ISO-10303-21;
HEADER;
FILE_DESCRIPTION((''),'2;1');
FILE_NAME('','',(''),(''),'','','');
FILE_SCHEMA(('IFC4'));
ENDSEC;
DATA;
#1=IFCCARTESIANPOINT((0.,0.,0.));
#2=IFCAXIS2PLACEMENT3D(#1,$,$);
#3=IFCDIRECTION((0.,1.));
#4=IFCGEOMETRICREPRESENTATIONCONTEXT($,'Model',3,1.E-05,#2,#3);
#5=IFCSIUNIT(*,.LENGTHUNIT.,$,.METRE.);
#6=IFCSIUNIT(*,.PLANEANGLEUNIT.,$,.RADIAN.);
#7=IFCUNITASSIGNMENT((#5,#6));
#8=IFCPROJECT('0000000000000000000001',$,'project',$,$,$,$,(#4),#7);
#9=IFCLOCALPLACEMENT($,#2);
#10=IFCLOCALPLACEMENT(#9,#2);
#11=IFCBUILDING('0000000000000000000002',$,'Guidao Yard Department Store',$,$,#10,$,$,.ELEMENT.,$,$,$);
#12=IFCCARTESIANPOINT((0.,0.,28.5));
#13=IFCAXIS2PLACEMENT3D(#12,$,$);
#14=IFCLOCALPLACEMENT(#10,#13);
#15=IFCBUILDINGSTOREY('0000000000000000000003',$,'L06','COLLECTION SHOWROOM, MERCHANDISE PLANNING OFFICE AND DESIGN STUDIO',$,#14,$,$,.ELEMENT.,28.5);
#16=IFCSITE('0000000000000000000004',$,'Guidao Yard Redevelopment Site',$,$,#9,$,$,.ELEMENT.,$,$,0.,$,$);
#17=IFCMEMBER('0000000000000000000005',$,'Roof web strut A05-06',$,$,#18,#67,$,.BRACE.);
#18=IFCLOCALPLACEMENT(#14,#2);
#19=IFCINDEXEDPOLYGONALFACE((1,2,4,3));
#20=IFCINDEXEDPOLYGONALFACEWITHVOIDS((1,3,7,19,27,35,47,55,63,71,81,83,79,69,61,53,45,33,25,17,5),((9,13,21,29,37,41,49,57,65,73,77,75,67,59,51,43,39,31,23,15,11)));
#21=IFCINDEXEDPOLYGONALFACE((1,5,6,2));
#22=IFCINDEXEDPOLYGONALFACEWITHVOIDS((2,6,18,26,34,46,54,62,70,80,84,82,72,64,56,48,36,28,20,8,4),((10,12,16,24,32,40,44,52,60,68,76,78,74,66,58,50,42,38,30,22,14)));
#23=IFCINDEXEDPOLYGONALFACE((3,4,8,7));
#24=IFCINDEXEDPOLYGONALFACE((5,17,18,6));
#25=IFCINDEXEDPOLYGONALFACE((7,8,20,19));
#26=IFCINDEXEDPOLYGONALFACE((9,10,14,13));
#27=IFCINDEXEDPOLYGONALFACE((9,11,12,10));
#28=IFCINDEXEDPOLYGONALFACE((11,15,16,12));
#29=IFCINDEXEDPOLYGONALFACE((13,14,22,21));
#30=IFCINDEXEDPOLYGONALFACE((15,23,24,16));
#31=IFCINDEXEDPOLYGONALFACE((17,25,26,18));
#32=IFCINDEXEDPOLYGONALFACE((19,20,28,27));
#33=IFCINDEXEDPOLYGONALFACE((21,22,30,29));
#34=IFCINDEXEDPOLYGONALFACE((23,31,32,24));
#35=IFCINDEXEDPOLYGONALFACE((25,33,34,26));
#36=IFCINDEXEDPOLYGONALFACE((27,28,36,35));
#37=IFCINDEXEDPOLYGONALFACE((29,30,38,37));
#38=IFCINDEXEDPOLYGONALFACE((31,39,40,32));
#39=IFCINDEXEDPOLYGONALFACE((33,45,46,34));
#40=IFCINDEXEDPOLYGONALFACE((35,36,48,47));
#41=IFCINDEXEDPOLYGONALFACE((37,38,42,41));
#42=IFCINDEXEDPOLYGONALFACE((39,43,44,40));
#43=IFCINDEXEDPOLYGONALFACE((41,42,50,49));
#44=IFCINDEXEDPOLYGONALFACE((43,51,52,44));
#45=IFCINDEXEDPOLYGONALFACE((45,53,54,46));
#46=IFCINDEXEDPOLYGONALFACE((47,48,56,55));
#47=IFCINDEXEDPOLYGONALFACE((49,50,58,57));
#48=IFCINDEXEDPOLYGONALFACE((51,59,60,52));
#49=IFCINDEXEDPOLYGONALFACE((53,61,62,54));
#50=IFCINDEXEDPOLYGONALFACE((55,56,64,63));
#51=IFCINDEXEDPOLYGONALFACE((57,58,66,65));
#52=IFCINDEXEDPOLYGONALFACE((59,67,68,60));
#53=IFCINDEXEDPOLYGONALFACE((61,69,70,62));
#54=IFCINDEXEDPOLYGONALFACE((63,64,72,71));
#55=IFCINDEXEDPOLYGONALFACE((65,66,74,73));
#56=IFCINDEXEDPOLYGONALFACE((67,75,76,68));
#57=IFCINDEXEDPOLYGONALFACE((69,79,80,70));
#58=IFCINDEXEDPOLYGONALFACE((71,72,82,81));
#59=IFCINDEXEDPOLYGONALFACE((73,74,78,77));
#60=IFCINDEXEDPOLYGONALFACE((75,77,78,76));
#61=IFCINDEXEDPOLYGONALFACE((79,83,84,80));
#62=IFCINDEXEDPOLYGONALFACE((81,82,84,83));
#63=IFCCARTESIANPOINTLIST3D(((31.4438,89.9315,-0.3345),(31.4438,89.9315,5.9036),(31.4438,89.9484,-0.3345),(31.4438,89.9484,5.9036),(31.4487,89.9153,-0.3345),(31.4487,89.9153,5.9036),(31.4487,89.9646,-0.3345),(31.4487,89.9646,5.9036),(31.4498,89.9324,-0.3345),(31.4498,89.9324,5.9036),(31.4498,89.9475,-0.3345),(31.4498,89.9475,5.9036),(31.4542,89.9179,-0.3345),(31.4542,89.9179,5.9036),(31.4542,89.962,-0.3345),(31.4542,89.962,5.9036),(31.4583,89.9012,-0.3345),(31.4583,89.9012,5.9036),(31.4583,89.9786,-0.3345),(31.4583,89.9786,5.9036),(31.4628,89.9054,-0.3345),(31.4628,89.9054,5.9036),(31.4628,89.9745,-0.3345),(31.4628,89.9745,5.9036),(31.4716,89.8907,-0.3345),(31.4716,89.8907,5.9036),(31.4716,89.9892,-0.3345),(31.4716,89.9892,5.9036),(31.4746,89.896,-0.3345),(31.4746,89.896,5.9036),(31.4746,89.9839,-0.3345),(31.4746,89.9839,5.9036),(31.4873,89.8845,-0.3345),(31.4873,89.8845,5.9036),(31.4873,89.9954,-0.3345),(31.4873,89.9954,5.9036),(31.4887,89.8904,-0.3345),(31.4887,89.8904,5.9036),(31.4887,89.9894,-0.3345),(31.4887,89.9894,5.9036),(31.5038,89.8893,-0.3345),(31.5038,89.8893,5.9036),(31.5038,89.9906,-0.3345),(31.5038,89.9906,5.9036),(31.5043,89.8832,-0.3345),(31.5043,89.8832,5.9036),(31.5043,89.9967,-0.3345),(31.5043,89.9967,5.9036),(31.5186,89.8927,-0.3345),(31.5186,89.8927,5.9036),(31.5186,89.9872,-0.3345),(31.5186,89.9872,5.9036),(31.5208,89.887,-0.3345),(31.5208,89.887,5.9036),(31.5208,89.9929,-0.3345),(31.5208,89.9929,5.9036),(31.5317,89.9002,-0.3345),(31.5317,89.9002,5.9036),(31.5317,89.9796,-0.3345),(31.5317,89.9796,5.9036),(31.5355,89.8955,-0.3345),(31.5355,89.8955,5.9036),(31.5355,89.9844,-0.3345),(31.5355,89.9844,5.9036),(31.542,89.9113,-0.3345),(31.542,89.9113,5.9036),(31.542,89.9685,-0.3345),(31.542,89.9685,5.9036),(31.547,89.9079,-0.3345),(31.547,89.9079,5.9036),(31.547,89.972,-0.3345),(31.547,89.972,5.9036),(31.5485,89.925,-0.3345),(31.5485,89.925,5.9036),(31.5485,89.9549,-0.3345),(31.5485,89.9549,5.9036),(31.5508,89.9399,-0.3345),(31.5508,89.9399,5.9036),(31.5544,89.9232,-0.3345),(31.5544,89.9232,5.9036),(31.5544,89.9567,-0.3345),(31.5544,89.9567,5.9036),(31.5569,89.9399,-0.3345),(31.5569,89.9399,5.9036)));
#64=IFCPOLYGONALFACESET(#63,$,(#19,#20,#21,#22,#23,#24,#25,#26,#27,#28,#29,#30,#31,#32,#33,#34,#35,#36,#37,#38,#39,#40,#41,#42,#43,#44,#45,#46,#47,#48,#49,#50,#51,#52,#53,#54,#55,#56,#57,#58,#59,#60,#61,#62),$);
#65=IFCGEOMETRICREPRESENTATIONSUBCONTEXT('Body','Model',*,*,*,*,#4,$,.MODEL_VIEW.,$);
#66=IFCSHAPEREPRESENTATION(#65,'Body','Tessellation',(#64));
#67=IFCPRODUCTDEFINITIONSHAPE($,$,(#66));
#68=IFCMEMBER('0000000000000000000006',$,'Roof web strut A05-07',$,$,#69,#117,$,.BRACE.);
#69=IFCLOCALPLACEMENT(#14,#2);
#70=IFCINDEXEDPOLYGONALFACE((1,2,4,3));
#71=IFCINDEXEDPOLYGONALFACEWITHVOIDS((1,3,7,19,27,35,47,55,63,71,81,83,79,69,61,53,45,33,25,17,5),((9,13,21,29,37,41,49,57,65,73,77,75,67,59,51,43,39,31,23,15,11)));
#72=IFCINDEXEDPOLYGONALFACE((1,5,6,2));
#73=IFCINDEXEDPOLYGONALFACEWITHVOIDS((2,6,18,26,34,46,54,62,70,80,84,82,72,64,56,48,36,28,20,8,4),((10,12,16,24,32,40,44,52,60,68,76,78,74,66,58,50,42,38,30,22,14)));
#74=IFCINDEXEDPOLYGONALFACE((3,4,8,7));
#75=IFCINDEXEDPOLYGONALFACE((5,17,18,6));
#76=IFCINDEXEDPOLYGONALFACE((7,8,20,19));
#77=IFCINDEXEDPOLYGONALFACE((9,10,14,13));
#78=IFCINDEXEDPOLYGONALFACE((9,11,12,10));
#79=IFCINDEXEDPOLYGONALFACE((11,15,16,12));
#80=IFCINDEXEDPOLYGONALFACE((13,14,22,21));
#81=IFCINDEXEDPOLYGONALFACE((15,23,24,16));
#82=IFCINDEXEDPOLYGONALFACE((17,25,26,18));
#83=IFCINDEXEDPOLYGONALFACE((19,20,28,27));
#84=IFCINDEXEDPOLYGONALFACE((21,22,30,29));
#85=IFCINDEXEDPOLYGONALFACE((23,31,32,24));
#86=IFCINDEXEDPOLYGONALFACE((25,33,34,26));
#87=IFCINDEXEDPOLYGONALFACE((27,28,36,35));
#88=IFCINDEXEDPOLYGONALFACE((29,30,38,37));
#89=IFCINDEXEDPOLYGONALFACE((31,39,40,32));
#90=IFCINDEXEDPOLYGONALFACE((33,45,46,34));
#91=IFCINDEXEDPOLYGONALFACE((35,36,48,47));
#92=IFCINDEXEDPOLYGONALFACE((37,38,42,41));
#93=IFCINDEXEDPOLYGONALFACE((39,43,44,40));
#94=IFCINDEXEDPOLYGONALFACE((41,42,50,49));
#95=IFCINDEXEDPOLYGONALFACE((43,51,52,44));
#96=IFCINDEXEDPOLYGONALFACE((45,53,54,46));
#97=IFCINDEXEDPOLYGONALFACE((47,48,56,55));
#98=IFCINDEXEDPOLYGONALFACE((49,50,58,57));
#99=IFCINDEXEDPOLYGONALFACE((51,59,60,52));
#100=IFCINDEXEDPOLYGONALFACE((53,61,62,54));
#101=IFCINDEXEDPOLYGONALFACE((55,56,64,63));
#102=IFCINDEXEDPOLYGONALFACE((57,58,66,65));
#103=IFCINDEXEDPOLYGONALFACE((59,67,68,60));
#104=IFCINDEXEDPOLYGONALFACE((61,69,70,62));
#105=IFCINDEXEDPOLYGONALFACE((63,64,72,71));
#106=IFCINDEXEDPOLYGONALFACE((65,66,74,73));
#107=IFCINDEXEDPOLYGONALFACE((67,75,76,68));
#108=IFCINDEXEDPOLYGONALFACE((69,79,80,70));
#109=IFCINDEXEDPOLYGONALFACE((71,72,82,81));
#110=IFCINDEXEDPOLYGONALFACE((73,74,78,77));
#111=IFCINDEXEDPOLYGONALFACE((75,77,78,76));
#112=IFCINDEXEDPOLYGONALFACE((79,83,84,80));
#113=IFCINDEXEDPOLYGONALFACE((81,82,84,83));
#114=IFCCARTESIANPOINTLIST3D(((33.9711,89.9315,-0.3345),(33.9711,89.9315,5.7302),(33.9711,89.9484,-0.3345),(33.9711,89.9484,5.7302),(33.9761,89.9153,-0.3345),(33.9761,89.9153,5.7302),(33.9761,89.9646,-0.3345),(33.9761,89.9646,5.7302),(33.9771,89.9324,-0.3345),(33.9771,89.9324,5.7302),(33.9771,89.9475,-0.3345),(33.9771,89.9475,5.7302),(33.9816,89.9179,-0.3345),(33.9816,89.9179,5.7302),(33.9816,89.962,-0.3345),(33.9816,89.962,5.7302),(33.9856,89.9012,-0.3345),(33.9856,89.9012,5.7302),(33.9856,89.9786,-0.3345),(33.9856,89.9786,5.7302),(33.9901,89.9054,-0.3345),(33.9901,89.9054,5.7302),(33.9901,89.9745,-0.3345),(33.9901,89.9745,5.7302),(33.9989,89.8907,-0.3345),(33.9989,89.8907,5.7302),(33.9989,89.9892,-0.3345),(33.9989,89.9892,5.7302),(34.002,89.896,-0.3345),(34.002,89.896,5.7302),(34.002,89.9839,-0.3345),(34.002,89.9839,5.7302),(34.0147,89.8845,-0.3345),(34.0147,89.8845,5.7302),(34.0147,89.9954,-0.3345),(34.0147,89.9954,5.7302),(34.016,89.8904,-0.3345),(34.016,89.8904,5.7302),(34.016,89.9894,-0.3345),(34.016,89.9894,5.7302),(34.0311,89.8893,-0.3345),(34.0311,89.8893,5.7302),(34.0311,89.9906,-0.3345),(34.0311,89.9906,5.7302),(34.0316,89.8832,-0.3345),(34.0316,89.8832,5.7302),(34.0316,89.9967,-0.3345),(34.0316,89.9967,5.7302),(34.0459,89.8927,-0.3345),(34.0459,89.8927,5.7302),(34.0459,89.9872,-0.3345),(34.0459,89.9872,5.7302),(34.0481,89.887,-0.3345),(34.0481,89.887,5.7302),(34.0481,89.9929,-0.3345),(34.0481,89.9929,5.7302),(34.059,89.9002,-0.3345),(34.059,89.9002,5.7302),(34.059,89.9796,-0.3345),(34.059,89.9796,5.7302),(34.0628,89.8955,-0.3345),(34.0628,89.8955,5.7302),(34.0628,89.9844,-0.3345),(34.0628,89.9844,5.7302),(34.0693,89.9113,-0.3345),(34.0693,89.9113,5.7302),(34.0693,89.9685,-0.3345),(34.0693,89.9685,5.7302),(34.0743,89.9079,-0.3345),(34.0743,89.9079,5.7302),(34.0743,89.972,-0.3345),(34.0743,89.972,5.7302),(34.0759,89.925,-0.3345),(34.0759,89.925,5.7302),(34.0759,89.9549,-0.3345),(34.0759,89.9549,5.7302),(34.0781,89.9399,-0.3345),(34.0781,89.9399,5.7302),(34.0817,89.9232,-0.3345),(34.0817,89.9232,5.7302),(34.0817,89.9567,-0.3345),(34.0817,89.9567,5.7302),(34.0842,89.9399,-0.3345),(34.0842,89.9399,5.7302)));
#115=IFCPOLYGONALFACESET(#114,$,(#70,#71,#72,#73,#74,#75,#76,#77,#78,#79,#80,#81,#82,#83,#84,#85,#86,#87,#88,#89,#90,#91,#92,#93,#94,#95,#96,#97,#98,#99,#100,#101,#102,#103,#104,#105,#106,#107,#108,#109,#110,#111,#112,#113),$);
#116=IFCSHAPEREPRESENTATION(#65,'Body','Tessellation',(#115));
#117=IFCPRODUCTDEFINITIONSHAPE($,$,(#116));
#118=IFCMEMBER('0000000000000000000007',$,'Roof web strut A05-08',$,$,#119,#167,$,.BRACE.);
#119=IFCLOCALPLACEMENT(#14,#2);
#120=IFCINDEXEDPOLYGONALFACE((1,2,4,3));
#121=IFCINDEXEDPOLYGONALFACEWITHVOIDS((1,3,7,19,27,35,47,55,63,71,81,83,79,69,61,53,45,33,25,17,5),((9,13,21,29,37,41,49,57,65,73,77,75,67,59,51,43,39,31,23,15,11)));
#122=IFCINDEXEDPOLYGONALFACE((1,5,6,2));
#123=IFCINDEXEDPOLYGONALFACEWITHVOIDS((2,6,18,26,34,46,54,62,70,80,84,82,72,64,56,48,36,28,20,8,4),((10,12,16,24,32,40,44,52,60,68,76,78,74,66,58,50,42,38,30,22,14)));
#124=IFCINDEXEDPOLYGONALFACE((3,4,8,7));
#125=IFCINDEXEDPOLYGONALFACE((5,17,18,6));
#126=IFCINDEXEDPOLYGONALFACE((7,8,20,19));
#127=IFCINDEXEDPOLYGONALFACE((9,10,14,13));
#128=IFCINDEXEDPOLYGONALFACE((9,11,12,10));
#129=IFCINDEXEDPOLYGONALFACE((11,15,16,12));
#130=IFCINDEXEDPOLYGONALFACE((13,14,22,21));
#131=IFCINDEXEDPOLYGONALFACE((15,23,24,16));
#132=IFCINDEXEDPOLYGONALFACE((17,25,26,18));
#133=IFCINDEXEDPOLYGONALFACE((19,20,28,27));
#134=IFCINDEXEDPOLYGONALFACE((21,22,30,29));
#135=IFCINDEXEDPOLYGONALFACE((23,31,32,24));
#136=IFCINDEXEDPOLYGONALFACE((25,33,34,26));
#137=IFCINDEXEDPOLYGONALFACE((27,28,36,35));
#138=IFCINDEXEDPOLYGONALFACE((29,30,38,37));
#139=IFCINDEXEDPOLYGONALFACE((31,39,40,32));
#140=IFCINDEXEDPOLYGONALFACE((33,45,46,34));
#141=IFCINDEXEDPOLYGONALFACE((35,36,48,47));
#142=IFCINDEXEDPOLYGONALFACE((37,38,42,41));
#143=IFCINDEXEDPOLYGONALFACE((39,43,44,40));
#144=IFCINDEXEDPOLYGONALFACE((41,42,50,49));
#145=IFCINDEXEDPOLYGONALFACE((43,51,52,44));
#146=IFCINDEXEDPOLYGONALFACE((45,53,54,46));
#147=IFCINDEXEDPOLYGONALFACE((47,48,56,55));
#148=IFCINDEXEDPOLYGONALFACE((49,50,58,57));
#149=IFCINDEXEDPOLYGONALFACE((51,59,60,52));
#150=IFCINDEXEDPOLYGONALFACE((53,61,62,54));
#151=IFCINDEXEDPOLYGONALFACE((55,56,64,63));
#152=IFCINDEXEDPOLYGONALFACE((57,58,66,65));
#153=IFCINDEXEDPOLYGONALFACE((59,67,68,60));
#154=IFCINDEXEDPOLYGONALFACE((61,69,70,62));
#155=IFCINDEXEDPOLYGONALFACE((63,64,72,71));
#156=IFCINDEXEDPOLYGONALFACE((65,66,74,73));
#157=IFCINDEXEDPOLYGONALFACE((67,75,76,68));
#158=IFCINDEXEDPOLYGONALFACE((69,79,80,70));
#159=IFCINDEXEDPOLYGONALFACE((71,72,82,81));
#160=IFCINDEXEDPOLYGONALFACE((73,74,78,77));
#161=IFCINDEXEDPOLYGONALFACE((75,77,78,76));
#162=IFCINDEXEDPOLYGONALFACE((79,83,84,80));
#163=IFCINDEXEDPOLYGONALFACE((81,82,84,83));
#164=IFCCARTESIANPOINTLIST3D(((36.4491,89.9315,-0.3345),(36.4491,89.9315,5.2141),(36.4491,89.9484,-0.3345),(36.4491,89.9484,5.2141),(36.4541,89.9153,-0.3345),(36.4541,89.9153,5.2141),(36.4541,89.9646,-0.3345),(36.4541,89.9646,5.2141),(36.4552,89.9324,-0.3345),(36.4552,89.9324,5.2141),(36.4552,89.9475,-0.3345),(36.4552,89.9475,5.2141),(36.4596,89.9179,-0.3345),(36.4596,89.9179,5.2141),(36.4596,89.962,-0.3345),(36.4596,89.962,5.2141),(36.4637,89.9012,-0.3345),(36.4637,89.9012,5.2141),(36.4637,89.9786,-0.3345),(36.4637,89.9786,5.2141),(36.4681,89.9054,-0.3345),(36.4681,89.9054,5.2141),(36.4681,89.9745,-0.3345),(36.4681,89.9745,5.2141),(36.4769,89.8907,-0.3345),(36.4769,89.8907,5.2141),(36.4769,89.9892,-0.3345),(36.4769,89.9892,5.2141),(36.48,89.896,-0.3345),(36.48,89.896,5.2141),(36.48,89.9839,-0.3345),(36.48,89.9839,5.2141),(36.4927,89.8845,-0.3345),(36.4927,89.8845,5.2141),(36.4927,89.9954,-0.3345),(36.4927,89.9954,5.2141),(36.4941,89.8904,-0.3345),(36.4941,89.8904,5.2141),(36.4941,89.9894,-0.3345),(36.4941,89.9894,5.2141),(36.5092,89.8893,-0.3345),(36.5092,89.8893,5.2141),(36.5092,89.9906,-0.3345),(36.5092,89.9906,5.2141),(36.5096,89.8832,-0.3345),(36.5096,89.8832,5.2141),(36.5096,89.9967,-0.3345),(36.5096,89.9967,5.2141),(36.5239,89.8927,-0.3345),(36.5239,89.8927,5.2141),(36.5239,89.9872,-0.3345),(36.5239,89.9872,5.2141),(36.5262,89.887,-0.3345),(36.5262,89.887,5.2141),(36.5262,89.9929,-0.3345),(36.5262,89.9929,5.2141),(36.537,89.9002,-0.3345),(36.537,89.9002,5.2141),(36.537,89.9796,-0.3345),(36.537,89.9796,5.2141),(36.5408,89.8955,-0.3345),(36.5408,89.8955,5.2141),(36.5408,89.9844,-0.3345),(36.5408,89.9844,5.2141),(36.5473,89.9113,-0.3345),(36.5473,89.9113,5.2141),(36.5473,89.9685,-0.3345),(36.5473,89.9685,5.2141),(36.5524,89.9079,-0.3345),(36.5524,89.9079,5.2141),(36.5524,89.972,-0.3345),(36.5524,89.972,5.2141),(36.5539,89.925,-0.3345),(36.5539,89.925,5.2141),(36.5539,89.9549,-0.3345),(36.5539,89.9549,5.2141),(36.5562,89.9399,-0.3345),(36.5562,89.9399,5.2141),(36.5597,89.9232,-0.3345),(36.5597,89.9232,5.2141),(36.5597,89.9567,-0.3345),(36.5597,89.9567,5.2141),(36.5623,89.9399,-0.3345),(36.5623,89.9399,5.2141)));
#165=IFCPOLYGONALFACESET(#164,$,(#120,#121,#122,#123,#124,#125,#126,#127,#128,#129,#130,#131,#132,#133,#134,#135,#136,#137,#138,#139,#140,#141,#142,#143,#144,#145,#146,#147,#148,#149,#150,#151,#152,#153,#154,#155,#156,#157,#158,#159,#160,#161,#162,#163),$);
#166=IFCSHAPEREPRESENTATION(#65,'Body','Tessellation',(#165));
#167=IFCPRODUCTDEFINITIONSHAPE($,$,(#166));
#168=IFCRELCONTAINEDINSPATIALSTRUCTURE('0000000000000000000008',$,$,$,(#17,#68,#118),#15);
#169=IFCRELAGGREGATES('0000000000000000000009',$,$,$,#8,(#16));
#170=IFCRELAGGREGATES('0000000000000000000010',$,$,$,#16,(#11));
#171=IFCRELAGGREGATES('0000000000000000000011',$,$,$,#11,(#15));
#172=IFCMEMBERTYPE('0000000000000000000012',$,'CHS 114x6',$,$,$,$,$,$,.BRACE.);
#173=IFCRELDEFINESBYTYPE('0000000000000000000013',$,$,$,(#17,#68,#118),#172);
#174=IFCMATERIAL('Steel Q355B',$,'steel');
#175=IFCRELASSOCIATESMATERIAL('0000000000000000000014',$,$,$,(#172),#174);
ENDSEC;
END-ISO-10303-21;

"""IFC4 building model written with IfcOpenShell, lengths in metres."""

from ifc_helpers import new_model, si_unit, direction, frame, origin, origin_2d, place, context, subcontext, project, spatial, hollow_circle, extrude, material, material_profile, profile_set, type_object, element, save


model = new_model("IFC4")

# Units and contexts
model_context = context("Model", 3, precision=1e-05, world=origin(), true_north=direction((0.0, 1.0)))
body_context = subcontext(model_context, "Body", "Model", "MODEL_VIEW")
ifc_project = project(units=[si_unit("LENGTHUNIT", "METRE"), si_unit("PLANEANGLEUNIT", "RADIAN")], contexts=[model_context])

# Site, building, storey
site_placement = place(None, origin())
site = spatial("IfcSite", under=ifc_project, at=site_placement, Name="Guidao Yard Redevelopment Site", CompositionType="ELEMENT", RefElevation=0.0)
building_placement = place(site_placement, origin())
building = spatial("IfcBuilding", under=site, at=building_placement, Name="Guidao Yard Department Store", CompositionType="ELEMENT")
storey_placement = place(building_placement, frame((0.0, 0.0, 28.5)))
storey = spatial("IfcBuildingStorey", under=building, at=storey_placement, Name="L06", Description="COLLECTION SHOWROOM, MERCHANDISE PLANNING OFFICE AND DESIGN STUDIO", CompositionType="ELEMENT", Elevation=28.5)

# Members
ifc_material_1 = material(Name="Steel Q355B", Category="steel")
ifc_material_profile_1 = material_profile(ifc_material_1, hollow_circle(Radius=0.0569, WallThickness=0.0061, at=origin_2d()), Name="CHS 114x6")
ifc_profile_set_1 = profile_set([ifc_material_profile_1], Name="Steel Q355B")
member_type_1 = type_object("IfcMemberType", Name="CHS 114x6", PredefinedType="BRACE", material=ifc_profile_set_1)
member_1_placement = place(storey_placement, frame((31.5, 89.9399, -0.3345), z_axis=(0.0, 0.0, 1.0), x_axis=(1.0, 0.0, 0.0)))
element("IfcMember", 1, at=member_1_placement, inside=storey, type_object=member_type_1, Name="Roof web strut A05-06", PredefinedType="BRACE", context=body_context, shape_type="SweptSolid", body=[
    extrude(hollow_circle(Radius=0.0569, WallThickness=0.0061, at=origin_2d()), origin(), (0.0, 0.0, 1.0), 6.238),
])
member_2_placement = place(storey_placement, frame((34.0273, 89.9399, -0.3345), z_axis=(0.0, 0.0, 1.0), x_axis=(1.0, 0.0, 0.0)))
element("IfcMember", 2, at=member_2_placement, inside=storey, type_object=member_type_1, Name="Roof web strut A05-07", PredefinedType="BRACE", context=body_context, shape_type="SweptSolid", body=[
    extrude(hollow_circle(Radius=0.0569, WallThickness=0.0061, at=origin_2d()), origin(), (0.0, 0.0, 1.0), 6.0647),
])
member_3_placement = place(storey_placement, frame((36.5054, 89.9399, -0.3345), z_axis=(0.0, 0.0, 1.0), x_axis=(1.0, 0.0, 0.0)))
element("IfcMember", 3, at=member_3_placement, inside=storey, type_object=member_type_1, Name="Roof web strut A05-08", PredefinedType="BRACE", context=body_context, shape_type="SweptSolid", body=[
    extrude(hollow_circle(Radius=0.0569, WallThickness=0.0061, at=origin_2d()), origin(), (0.0, 0.0, 1.0), 5.5486),
])

save(model, "model.ifc")
